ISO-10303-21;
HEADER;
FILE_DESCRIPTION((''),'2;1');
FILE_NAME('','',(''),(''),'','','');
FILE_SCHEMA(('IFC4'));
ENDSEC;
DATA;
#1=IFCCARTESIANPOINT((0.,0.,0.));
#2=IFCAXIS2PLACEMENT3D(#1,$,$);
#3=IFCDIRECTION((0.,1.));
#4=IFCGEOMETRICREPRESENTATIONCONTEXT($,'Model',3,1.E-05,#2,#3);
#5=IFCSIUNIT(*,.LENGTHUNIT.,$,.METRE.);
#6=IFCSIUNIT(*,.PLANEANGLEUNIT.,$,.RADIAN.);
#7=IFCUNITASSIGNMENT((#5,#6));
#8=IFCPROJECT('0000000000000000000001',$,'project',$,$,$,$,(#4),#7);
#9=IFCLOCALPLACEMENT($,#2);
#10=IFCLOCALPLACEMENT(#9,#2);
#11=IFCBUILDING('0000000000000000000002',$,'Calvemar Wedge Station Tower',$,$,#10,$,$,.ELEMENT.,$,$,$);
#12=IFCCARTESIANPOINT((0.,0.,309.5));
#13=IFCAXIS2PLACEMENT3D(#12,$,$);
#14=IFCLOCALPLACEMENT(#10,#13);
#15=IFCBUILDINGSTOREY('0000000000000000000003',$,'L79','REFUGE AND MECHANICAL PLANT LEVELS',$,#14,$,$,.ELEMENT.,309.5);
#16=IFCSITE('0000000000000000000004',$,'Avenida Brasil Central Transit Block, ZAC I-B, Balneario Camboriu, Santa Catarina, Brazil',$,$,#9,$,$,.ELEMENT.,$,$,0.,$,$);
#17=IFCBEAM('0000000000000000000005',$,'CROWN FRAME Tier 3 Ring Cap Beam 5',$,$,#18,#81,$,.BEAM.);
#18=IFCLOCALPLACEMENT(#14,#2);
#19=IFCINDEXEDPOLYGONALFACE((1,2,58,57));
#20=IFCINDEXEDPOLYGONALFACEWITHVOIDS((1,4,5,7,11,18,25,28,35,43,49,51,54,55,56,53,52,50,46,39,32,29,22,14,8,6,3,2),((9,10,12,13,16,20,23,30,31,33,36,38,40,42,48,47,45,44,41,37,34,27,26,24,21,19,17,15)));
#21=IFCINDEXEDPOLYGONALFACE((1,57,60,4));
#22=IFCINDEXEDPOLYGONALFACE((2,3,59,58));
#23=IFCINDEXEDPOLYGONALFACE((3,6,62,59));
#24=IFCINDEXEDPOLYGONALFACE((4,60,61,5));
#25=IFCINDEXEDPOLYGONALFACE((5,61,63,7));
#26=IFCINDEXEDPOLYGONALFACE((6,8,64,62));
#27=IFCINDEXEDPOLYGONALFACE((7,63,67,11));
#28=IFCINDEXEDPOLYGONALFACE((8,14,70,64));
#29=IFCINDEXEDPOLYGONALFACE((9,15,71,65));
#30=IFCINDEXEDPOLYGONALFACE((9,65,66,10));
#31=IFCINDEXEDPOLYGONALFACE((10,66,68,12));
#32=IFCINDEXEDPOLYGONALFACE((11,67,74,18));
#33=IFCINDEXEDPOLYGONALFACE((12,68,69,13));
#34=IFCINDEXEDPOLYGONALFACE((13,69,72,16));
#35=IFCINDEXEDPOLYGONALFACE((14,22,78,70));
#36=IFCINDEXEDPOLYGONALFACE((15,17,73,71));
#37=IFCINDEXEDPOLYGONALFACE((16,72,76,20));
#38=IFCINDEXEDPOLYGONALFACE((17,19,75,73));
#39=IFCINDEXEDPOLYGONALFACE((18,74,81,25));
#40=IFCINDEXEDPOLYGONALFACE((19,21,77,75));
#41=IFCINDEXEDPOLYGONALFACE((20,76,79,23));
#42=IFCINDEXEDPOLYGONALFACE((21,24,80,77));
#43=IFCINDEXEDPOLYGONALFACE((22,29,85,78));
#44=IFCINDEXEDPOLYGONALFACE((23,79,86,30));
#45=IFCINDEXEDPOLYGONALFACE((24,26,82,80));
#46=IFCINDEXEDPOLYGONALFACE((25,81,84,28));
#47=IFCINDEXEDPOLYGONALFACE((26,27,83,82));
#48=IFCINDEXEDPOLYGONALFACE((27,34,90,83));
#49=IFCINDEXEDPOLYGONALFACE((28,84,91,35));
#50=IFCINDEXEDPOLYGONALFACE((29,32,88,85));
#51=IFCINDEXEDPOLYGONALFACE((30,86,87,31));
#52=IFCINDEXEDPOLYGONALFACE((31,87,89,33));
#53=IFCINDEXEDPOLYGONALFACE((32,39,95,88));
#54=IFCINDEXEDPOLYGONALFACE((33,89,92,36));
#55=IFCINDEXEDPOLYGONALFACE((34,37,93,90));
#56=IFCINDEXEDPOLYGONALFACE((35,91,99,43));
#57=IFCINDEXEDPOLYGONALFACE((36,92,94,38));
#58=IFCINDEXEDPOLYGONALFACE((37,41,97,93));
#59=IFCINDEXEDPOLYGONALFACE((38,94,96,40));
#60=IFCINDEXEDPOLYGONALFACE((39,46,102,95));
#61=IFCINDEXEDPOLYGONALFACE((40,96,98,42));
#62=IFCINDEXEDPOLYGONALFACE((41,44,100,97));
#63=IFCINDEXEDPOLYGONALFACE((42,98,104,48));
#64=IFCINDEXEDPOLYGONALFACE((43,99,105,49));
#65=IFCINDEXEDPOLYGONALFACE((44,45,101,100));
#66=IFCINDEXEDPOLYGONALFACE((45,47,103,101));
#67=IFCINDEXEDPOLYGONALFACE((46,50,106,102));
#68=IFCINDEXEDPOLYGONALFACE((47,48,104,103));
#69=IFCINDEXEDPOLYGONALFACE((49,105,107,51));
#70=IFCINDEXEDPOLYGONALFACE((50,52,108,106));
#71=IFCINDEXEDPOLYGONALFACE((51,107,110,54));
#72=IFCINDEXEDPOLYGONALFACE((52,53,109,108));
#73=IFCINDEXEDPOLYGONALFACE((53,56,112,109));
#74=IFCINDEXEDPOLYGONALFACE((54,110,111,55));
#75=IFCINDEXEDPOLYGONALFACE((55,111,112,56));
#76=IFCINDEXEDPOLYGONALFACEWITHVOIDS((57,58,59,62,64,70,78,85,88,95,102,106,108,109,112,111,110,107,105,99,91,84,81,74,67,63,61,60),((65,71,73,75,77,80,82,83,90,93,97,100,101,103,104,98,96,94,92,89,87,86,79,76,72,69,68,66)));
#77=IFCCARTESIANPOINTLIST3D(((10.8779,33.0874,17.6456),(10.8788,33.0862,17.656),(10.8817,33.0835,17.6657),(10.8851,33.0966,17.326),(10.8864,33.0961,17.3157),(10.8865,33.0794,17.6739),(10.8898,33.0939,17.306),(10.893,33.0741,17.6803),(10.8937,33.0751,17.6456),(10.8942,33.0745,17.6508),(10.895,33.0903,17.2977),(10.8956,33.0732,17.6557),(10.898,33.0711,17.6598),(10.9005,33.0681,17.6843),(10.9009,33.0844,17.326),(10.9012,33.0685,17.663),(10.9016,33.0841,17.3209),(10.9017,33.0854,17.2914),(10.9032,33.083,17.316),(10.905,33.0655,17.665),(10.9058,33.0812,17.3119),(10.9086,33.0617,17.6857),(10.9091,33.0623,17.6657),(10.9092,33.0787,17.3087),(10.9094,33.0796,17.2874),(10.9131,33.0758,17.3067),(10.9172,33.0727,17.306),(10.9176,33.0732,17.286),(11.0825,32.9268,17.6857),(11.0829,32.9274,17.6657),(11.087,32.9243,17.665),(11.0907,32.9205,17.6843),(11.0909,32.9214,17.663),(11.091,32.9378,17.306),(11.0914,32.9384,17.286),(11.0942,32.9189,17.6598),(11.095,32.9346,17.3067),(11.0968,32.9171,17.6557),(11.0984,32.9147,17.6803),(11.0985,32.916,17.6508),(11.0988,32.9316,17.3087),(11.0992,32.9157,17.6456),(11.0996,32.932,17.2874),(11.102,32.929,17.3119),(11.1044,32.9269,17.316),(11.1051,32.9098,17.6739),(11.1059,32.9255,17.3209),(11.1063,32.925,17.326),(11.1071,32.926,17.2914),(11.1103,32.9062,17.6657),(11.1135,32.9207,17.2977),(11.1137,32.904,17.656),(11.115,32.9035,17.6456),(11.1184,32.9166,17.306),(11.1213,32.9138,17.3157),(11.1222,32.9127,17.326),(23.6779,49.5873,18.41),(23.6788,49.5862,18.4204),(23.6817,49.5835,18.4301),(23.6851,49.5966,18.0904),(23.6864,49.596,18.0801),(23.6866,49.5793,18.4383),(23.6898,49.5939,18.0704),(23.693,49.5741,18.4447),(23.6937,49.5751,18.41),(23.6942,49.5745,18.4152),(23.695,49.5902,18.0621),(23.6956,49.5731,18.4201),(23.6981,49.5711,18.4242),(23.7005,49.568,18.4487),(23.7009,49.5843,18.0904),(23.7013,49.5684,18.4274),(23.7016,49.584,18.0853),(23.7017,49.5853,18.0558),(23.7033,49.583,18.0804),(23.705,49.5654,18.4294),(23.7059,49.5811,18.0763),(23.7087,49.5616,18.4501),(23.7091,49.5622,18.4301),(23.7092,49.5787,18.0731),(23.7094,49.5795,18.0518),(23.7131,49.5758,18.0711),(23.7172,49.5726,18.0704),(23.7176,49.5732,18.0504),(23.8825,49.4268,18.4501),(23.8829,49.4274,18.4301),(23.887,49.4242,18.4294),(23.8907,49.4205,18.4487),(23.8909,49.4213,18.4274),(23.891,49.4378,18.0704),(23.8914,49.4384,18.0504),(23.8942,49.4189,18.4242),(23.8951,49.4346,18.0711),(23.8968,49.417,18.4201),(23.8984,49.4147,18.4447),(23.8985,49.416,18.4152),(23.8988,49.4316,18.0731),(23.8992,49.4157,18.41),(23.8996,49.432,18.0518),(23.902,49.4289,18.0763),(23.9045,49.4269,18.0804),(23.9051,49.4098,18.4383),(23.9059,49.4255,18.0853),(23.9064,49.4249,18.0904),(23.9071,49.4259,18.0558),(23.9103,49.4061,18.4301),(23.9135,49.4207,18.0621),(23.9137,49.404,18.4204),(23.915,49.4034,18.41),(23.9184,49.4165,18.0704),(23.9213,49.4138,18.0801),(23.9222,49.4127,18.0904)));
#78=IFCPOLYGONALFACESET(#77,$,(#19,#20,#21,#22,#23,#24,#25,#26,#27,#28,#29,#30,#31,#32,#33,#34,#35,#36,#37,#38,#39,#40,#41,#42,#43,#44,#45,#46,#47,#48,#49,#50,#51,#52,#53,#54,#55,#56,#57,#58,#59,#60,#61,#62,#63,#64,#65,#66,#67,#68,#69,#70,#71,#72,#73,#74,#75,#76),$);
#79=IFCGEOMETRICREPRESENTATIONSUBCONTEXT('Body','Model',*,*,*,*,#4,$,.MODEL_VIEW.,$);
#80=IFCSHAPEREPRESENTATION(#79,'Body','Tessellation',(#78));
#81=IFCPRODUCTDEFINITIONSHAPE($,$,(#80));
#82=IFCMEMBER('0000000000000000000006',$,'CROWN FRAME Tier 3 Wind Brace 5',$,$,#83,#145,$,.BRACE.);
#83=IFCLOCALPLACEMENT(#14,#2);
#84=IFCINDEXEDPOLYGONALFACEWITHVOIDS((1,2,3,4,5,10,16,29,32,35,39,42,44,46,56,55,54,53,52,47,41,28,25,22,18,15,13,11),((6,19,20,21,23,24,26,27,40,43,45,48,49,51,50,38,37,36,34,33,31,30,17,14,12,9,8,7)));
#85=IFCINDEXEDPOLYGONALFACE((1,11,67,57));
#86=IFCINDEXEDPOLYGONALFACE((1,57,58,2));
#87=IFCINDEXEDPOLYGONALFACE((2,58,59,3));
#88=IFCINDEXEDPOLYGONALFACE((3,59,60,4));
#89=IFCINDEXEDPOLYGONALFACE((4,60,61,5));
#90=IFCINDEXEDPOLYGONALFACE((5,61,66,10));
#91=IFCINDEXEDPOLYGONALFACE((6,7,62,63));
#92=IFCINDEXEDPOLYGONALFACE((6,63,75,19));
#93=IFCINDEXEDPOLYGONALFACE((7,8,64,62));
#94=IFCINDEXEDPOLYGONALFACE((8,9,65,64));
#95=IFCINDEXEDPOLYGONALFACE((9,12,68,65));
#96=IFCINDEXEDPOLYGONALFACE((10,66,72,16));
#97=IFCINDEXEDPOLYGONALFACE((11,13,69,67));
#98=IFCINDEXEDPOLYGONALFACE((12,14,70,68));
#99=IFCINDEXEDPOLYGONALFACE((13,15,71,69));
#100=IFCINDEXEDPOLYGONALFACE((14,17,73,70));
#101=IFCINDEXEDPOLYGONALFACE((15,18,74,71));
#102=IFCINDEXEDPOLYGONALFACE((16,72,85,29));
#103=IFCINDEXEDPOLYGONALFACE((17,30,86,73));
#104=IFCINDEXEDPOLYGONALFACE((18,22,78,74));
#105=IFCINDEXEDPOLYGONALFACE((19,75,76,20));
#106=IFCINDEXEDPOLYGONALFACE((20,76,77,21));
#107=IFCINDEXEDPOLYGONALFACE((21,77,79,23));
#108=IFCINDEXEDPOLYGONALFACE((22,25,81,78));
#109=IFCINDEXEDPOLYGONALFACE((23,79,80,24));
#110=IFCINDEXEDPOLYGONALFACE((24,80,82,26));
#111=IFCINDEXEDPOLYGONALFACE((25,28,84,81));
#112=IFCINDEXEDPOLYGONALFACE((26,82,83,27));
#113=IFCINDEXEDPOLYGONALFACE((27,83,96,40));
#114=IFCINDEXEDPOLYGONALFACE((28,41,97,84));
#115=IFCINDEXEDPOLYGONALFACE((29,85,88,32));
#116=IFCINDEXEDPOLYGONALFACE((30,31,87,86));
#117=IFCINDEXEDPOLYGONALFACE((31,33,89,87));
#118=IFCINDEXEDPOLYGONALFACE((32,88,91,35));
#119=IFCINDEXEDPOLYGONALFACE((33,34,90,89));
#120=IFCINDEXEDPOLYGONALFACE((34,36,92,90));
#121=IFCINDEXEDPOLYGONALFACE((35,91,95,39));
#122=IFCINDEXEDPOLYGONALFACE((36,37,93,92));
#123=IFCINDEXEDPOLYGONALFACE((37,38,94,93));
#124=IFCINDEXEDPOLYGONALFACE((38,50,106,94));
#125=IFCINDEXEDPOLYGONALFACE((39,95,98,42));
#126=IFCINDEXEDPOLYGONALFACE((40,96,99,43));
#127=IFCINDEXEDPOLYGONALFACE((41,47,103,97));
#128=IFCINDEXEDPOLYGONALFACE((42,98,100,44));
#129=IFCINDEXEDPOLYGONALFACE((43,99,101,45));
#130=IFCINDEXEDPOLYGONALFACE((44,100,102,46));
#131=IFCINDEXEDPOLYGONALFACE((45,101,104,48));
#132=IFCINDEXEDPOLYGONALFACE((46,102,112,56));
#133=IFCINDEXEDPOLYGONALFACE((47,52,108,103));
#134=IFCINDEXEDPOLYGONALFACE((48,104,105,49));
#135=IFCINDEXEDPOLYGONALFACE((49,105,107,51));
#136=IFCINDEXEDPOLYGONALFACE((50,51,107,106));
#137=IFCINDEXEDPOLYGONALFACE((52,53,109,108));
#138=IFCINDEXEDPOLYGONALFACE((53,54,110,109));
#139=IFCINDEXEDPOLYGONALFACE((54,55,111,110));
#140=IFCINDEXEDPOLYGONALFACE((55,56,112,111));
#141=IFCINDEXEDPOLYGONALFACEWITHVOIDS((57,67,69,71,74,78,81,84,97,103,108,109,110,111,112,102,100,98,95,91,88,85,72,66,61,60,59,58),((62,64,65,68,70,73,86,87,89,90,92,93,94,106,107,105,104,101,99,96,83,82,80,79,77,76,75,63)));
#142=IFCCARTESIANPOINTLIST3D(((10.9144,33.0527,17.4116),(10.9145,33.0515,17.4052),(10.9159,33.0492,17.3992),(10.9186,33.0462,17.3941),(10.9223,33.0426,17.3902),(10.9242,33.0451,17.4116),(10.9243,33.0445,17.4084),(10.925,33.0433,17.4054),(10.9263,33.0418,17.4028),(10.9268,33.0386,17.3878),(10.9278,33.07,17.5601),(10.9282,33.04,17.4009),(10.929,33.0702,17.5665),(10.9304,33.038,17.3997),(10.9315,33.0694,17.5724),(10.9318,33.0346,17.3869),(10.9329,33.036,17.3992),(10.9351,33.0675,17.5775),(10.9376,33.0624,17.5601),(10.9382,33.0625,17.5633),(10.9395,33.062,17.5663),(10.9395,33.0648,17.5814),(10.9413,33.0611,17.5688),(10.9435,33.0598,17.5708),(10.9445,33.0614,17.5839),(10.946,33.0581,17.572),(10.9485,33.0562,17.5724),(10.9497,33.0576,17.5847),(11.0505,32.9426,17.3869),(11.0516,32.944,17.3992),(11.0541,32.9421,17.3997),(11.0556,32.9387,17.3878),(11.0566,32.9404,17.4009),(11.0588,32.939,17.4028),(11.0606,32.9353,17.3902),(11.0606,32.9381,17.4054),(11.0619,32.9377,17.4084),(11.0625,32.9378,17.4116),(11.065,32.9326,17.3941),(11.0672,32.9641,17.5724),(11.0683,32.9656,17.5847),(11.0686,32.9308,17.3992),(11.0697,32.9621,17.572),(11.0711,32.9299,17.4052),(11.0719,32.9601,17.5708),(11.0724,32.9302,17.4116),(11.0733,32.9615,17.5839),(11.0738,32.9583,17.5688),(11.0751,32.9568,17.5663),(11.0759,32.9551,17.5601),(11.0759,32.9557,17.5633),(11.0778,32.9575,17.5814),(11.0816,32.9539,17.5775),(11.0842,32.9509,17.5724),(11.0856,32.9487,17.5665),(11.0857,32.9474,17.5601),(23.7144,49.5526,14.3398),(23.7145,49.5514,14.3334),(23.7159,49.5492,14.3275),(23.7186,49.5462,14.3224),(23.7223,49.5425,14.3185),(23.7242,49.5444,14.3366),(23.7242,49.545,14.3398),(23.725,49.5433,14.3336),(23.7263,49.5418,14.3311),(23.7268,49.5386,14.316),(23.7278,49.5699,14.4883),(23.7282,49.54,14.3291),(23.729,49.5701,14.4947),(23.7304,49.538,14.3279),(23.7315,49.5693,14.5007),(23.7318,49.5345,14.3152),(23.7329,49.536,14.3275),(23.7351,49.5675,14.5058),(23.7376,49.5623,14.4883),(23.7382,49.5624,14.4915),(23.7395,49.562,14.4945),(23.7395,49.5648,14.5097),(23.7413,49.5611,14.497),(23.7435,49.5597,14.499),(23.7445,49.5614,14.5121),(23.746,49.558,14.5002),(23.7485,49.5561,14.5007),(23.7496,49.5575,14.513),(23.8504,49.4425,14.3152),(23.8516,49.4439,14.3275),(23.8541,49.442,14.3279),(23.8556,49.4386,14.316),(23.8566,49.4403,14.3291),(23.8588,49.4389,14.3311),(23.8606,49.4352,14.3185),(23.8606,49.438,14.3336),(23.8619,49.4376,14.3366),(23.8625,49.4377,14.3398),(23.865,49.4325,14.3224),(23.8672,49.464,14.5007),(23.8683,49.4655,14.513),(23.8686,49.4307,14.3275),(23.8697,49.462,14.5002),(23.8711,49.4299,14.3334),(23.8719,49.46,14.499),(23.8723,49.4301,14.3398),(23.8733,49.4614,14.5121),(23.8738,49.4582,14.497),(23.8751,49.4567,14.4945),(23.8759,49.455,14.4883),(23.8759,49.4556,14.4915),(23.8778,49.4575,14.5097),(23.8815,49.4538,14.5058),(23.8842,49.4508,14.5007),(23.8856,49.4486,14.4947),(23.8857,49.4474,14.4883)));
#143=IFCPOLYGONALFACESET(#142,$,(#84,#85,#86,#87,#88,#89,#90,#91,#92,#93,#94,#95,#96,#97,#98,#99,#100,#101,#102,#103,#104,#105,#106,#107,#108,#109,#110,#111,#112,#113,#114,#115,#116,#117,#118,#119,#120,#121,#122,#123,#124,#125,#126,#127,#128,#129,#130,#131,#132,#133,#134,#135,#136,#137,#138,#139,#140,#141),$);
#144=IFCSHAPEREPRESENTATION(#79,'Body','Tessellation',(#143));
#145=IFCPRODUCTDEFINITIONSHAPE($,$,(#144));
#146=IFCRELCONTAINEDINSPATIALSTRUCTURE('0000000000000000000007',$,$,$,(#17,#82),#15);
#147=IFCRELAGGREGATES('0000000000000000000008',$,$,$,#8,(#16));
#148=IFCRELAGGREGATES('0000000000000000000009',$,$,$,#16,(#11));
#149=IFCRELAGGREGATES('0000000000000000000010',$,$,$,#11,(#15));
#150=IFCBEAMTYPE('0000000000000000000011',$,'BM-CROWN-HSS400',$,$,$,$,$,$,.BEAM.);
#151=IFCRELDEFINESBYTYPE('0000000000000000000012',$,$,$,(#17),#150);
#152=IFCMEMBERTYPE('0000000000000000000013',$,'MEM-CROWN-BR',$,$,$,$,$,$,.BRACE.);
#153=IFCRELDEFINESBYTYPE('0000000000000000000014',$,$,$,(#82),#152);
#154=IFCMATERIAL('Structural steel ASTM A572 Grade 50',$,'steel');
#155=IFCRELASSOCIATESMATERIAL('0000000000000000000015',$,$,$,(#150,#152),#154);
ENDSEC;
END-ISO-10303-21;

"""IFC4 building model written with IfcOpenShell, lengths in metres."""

from ifc_helpers import new_model, si_unit, direction, frame, origin, origin_2d, place, context, subcontext, project, spatial, hollow_rectangle, extrude, source, transform, mapped, material, material_profile, profile_set, type_object, element, save


model = new_model("IFC4")

# Units and contexts
model_context = context("Model", 3, precision=1e-05, world=origin(), true_north=direction((0.0, 1.0)))
body_context = subcontext(model_context, "Body", "Model", "MODEL_VIEW")
ifc_project = project(units=[si_unit("LENGTHUNIT", "METRE"), si_unit("PLANEANGLEUNIT", "RADIAN")], contexts=[model_context])

# Site, building, storey
site_placement = place(None, origin())
site = spatial("IfcSite", under=ifc_project, at=site_placement, Name="Avenida Brasil Central Transit Block, ZAC I-B, Balneario Camboriu, Santa Catarina, Brazil", CompositionType="ELEMENT", RefElevation=0.0)
building_placement = place(site_placement, origin())
building = spatial("IfcBuilding", under=site, at=building_placement, Name="Calvemar Wedge Station Tower", CompositionType="ELEMENT")
storey_placement = place(building_placement, frame((0.0, 0.0, 309.5)))
storey = spatial("IfcBuildingStorey", under=building, at=storey_placement, Name="L79", Description="REFUGE AND MECHANICAL PLANT LEVELS", CompositionType="ELEMENT", Elevation=309.5)

# Shared definitions
ifc_material_1 = material(Name="Structural steel ASTM A572 Grade 50", Category="steel")

# Shared definitions
ifc_material_profile_1 = material_profile(ifc_material_1, hollow_rectangle(XDim=0.3, YDim=0.3999, WallThickness=0.02, InnerFilletRadius=0.02, OuterFilletRadius=0.04, at=origin_2d()), Name="HSS400x300x20")
ifc_profile_set_1 = profile_set([ifc_material_profile_1], Name="Structural steel ASTM A572 Grade 50")
beam_type = type_object("IfcBeamType", Name="BM-CROWN-HSS400", PredefinedType="BEAM", material=ifc_profile_set_1)

# Shared definitions
ifc_material_profile_2 = material_profile(ifc_material_1, hollow_rectangle(XDim=0.2, YDim=0.2, WallThickness=0.0125, InnerFilletRadius=0.0125, OuterFilletRadius=0.0249, at=origin_2d()), Name="HSS200x200x12.5")
ifc_profile_set_2 = profile_set([ifc_material_profile_2], Name="Structural steel ASTM A572 Grade 50")
member_type = type_object("IfcMemberType", Name="MEM-CROWN-BR", PredefinedType="BRACE", material=ifc_profile_set_2)

# Beam
shared_shape_1 = source(origin(), body_context, "Body", "SweptSolid", [
    extrude(hollow_rectangle(XDim=0.3, YDim=0.3999, WallThickness=0.02, InnerFilletRadius=0.02, OuterFilletRadius=0.04, at=origin_2d()), origin(), (0.0, 0.0, 1.0), 20.8967),
])
beam_1_placement = place(storey_placement, frame((23.8, 49.5, 18.2502), z_axis=(-0.612537, -0.789595, -0.03658), x_axis=(0.790124, -0.612947, 0.0)))
element("IfcBeam", 1, at=beam_1_placement, inside=storey, type_object=beam_type, Name="CROWN FRAME Tier 3 Ring Cap Beam 5", PredefinedType="BEAM", context=body_context, shape_type="MappedRepresentation", body=[
    mapped(shared_shape_1, transform((0.0, 0.0, 0.0), scale=1.0)),
])

# Member
shared_shape_2 = source(origin(), body_context, "Body", "SweptSolid", [
    extrude(hollow_rectangle(XDim=0.2, YDim=0.2, WallThickness=0.0125, InnerFilletRadius=0.0125, OuterFilletRadius=0.0249, at=origin_2d()), origin(), (0.0, 0.0, 1.0), 21.1074),
])
member_1_placement = place(storey_placement, frame((23.8, 49.5, 14.4141), z_axis=(-0.606421, -0.781712, 0.14553), x_axis=(0.790124, -0.612947, 0.0)))
element("IfcMember", 2, at=member_1_placement, inside=storey, type_object=member_type, Name="CROWN FRAME Tier 3 Wind Brace 5", PredefinedType="BRACE", context=body_context, shape_type="MappedRepresentation", body=[
    mapped(shared_shape_2, transform((0.0, 0.0, 0.0), scale=1.0)),
])

save(model, "model.ifc")
